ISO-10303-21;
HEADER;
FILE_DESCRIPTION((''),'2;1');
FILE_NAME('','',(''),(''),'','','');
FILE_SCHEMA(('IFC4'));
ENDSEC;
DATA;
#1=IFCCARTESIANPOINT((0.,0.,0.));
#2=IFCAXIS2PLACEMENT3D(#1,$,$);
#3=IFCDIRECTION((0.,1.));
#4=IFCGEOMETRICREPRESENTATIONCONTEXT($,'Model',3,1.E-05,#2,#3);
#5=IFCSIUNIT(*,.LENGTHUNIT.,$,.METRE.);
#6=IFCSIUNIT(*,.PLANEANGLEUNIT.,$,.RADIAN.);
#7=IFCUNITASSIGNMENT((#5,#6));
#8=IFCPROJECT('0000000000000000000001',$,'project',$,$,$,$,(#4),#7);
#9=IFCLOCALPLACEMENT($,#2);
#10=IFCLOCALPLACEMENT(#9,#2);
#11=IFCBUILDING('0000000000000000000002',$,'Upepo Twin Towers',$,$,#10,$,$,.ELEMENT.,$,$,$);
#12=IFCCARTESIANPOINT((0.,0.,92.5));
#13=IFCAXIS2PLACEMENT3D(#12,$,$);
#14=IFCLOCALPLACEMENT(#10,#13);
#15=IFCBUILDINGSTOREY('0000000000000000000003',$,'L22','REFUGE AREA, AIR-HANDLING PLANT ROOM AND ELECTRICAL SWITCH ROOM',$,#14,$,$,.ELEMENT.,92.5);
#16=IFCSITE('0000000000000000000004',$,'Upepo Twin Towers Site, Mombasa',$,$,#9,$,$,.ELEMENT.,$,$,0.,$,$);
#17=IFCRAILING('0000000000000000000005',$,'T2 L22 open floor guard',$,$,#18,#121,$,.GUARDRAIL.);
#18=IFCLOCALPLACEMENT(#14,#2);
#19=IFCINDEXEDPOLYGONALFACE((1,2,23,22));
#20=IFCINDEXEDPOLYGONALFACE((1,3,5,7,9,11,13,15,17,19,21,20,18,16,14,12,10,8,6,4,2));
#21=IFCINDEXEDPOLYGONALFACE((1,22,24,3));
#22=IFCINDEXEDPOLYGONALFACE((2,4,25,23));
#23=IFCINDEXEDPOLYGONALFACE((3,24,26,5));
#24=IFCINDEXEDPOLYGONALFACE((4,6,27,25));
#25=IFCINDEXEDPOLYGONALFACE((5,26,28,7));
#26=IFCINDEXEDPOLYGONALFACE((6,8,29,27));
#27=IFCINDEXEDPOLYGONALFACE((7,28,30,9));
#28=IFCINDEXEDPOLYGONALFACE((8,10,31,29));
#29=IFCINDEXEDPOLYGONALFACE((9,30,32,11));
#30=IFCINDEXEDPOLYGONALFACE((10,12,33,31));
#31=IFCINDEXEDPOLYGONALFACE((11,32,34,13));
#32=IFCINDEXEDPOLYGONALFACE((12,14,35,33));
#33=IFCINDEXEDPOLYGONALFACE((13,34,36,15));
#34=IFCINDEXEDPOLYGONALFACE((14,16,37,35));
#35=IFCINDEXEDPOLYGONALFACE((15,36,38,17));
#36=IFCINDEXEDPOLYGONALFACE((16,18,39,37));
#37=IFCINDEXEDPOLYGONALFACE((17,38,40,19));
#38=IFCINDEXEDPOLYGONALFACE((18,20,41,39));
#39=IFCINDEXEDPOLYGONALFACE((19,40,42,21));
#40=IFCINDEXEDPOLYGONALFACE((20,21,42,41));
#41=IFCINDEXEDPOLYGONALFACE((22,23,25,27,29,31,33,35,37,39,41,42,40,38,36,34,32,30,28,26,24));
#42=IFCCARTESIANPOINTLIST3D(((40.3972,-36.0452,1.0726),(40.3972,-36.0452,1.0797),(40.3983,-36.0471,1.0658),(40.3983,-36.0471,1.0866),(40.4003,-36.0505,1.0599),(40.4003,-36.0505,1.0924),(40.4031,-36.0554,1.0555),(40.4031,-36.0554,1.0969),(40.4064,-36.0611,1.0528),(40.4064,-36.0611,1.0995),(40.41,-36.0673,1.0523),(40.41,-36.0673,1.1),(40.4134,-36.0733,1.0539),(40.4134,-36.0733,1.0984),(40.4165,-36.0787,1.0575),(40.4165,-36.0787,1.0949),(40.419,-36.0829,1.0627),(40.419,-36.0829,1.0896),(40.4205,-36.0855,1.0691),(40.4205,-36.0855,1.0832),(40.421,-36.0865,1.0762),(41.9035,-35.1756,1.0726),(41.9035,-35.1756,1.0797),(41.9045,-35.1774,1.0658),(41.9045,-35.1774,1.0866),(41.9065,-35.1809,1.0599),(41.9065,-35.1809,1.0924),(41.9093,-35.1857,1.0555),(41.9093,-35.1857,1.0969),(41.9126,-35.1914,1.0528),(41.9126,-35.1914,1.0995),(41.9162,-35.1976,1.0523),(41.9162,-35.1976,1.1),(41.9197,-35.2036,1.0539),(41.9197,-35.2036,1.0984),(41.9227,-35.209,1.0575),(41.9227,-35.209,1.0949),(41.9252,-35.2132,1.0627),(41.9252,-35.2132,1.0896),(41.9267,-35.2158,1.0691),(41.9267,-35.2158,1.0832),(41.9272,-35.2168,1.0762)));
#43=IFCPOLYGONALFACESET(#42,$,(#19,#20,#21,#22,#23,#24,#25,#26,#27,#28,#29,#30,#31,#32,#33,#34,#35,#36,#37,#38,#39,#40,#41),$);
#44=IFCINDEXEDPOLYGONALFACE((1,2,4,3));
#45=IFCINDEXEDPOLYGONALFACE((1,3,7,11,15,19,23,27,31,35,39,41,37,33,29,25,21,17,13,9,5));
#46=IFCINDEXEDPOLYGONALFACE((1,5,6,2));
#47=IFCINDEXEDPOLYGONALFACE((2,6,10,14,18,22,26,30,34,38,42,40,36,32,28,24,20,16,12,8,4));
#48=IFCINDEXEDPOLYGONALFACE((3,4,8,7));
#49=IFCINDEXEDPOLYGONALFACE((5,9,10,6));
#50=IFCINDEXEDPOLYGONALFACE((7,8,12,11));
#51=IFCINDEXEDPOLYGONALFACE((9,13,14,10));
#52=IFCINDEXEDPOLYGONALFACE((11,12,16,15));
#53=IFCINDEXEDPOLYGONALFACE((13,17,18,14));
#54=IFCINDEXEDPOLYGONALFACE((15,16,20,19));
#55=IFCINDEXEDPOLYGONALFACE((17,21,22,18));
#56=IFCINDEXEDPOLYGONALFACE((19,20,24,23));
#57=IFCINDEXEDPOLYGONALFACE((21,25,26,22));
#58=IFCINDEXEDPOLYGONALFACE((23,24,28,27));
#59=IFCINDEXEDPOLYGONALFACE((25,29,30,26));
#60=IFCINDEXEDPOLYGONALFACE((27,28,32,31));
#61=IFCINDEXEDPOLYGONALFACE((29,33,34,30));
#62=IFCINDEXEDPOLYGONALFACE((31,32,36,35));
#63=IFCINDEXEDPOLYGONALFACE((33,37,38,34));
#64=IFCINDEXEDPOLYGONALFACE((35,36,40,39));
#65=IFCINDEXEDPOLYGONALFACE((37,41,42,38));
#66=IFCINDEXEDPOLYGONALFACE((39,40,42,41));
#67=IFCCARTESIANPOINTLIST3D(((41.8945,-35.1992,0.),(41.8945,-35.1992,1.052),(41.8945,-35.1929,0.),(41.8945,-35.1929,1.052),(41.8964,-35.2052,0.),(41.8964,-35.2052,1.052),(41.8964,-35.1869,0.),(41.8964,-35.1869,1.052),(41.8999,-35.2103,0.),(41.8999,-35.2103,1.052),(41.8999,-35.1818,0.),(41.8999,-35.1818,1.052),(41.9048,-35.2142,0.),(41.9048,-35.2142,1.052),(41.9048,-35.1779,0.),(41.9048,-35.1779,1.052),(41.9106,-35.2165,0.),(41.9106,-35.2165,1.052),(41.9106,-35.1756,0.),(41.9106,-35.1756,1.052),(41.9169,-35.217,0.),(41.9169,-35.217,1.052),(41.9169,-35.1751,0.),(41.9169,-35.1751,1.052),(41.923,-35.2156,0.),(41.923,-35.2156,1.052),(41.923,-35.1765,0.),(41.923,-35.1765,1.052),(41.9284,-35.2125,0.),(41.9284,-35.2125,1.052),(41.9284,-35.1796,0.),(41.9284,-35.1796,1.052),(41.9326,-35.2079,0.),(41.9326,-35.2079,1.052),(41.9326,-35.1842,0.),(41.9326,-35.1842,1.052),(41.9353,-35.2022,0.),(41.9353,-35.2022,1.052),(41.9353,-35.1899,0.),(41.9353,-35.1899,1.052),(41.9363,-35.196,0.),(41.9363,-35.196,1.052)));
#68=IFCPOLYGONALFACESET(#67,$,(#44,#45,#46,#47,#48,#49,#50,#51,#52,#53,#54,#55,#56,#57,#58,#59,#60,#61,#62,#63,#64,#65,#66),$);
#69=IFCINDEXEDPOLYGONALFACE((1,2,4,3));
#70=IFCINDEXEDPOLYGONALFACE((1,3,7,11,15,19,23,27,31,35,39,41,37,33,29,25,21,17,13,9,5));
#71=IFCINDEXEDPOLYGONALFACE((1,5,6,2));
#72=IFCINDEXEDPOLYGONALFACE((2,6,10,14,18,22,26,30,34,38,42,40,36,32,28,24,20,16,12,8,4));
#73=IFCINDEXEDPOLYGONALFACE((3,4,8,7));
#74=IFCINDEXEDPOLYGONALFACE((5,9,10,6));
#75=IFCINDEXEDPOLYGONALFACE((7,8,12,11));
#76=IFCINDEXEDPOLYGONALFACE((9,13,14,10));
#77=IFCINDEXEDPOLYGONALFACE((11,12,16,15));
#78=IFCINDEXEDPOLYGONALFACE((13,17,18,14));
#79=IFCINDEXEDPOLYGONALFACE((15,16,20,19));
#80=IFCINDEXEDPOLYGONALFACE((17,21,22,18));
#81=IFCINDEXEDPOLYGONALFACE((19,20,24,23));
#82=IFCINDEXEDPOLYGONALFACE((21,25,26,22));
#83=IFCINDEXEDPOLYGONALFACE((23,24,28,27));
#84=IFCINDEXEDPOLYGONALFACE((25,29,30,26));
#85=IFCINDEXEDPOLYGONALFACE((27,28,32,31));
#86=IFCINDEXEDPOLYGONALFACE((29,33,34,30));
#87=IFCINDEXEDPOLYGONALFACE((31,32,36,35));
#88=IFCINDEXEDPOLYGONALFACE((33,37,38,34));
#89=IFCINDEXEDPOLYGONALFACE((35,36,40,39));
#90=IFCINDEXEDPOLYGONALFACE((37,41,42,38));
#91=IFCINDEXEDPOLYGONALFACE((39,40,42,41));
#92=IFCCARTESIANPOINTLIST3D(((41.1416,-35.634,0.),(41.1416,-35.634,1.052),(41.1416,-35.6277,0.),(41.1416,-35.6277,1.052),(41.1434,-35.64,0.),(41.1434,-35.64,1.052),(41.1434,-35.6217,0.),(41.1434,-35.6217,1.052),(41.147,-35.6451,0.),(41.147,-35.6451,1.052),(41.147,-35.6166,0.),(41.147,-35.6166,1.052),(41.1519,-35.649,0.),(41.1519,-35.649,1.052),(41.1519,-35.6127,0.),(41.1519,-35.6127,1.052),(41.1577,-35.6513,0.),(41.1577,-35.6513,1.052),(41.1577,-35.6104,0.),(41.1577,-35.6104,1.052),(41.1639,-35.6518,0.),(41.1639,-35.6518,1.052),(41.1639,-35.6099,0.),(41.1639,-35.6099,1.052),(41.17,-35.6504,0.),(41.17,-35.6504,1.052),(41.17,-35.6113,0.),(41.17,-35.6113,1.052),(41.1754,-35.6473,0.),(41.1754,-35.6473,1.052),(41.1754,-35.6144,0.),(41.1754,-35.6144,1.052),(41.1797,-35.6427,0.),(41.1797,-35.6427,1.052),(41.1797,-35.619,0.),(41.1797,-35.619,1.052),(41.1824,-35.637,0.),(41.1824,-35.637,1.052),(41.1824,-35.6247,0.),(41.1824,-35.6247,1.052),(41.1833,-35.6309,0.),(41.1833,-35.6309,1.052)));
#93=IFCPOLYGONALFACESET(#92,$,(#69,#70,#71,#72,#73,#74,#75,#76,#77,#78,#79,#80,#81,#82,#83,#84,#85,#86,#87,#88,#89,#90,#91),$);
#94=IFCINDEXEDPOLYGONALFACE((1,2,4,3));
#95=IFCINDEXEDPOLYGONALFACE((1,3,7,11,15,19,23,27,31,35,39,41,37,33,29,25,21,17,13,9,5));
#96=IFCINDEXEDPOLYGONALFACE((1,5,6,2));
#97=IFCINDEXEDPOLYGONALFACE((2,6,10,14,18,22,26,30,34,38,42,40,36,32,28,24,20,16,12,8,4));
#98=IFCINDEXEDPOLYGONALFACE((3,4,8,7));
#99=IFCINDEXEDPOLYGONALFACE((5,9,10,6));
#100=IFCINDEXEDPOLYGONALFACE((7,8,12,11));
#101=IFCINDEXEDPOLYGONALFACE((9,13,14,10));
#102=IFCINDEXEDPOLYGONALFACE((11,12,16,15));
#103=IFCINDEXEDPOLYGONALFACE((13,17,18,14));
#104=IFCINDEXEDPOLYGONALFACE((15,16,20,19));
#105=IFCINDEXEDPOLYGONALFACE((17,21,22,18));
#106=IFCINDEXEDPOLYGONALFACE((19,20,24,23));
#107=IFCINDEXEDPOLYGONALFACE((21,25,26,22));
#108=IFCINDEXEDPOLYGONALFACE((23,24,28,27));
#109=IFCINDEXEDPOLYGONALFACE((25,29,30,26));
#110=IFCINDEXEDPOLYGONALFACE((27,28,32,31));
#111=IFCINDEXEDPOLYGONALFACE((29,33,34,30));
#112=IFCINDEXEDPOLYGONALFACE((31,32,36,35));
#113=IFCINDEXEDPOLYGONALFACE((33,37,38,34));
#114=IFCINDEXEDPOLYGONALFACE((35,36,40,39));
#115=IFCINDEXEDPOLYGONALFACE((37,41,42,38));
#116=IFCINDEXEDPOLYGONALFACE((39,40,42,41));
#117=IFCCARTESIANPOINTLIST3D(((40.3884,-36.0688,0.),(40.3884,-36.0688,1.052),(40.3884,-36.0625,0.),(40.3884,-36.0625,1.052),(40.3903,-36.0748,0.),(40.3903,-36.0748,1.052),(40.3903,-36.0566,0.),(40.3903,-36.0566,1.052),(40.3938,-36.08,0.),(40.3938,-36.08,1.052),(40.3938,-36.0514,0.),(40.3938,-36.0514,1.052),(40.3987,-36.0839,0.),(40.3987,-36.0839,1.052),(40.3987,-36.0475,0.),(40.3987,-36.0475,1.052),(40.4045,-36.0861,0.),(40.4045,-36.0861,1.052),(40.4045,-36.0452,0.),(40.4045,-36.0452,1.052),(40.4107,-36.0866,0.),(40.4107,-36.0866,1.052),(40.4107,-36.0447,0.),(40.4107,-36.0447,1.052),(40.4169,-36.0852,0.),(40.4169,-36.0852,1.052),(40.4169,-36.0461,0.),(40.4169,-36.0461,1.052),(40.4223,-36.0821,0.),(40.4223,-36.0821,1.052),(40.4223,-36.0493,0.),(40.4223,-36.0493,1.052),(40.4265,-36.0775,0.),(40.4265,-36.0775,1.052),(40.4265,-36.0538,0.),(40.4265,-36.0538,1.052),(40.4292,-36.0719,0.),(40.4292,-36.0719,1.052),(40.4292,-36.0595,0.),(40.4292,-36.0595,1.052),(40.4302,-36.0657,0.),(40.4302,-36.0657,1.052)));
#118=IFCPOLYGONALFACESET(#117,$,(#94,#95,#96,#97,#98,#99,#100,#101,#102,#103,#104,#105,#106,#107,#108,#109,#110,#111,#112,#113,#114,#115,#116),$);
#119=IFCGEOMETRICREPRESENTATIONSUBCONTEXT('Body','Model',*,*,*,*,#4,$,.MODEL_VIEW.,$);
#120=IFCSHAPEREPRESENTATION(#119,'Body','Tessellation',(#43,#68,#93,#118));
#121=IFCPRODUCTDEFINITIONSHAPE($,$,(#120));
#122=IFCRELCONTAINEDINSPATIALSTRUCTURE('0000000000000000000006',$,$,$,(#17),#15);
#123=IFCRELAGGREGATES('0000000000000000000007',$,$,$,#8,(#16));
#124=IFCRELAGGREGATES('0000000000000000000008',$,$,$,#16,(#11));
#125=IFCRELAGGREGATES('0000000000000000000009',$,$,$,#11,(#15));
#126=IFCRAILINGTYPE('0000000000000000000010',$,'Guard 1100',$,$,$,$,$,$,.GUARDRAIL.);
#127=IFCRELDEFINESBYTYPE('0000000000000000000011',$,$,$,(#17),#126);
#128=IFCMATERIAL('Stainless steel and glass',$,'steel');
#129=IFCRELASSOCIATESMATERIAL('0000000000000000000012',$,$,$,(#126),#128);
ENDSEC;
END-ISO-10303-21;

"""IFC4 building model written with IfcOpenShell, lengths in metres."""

from ifc_helpers import new_model, si_unit, direction, frame, origin, origin_2d, place, context, subcontext, project, spatial, circle, extrude, material, type_object, element, save


model = new_model("IFC4")

# Units and contexts
model_context = context("Model", 3, precision=1e-05, world=origin(), true_north=direction((0.0, 1.0)))
body_context = subcontext(model_context, "Body", "Model", "MODEL_VIEW")
ifc_project = project(units=[si_unit("LENGTHUNIT", "METRE"), si_unit("PLANEANGLEUNIT", "RADIAN")], contexts=[model_context])

# Site, building, storey
site_placement = place(None, origin())
site = spatial("IfcSite", under=ifc_project, at=site_placement, Name="Upepo Twin Towers Site, Mombasa", CompositionType="ELEMENT", RefElevation=0.0)
building_placement = place(site_placement, origin())
building = spatial("IfcBuilding", under=site, at=building_placement, Name="Upepo Twin Towers", CompositionType="ELEMENT")
storey_placement = place(building_placement, frame((0.0, 0.0, 92.5)))
storey = spatial("IfcBuildingStorey", under=building, at=storey_placement, Name="L22", Description="REFUGE AREA, AIR-HANDLING PLANT ROOM AND ELECTRICAL SWITCH ROOM", CompositionType="ELEMENT", Elevation=92.5)

# Railing
ifc_material_1 = material(Name="Stainless steel and glass", Category="steel")
railing_type = type_object("IfcRailingType", Name="Guard 1100", PredefinedType="GUARDRAIL", material=ifc_material_1)
railing_1_placement = place(storey_placement, frame((41.9153, -35.196, 0.0)))
element("IfcRailing", 1, at=railing_1_placement, inside=storey, type_object=railing_type, Name="T2 L22 open floor guard", PredefinedType="GUARDRAIL", context=body_context, shape_type="SweptSolid", body=[
    extrude(circle(Radius=0.0239, at=origin_2d()), frame((0.0, 0.0, 1.0762), z_axis=(-0.866006, -0.500034, 0.0), x_axis=(0.500034, -0.866006, 0.0)), (0.0, 0.0, 1.0), 1.7393),
    extrude(circle(Radius=0.021, at=origin_2d()), origin(), (0.0, 0.0, 1.0), 1.052),
    extrude(circle(Radius=0.021, at=origin_2d()), frame((-0.7529, -0.4348, 0.0)), (0.0, 0.0, 1.0), 1.052),
    extrude(circle(Radius=0.021, at=origin_2d()), frame((-1.5061, -0.8696, 0.0)), (0.0, 0.0, 1.0), 1.052),
])

save(model, "model.ifc")
